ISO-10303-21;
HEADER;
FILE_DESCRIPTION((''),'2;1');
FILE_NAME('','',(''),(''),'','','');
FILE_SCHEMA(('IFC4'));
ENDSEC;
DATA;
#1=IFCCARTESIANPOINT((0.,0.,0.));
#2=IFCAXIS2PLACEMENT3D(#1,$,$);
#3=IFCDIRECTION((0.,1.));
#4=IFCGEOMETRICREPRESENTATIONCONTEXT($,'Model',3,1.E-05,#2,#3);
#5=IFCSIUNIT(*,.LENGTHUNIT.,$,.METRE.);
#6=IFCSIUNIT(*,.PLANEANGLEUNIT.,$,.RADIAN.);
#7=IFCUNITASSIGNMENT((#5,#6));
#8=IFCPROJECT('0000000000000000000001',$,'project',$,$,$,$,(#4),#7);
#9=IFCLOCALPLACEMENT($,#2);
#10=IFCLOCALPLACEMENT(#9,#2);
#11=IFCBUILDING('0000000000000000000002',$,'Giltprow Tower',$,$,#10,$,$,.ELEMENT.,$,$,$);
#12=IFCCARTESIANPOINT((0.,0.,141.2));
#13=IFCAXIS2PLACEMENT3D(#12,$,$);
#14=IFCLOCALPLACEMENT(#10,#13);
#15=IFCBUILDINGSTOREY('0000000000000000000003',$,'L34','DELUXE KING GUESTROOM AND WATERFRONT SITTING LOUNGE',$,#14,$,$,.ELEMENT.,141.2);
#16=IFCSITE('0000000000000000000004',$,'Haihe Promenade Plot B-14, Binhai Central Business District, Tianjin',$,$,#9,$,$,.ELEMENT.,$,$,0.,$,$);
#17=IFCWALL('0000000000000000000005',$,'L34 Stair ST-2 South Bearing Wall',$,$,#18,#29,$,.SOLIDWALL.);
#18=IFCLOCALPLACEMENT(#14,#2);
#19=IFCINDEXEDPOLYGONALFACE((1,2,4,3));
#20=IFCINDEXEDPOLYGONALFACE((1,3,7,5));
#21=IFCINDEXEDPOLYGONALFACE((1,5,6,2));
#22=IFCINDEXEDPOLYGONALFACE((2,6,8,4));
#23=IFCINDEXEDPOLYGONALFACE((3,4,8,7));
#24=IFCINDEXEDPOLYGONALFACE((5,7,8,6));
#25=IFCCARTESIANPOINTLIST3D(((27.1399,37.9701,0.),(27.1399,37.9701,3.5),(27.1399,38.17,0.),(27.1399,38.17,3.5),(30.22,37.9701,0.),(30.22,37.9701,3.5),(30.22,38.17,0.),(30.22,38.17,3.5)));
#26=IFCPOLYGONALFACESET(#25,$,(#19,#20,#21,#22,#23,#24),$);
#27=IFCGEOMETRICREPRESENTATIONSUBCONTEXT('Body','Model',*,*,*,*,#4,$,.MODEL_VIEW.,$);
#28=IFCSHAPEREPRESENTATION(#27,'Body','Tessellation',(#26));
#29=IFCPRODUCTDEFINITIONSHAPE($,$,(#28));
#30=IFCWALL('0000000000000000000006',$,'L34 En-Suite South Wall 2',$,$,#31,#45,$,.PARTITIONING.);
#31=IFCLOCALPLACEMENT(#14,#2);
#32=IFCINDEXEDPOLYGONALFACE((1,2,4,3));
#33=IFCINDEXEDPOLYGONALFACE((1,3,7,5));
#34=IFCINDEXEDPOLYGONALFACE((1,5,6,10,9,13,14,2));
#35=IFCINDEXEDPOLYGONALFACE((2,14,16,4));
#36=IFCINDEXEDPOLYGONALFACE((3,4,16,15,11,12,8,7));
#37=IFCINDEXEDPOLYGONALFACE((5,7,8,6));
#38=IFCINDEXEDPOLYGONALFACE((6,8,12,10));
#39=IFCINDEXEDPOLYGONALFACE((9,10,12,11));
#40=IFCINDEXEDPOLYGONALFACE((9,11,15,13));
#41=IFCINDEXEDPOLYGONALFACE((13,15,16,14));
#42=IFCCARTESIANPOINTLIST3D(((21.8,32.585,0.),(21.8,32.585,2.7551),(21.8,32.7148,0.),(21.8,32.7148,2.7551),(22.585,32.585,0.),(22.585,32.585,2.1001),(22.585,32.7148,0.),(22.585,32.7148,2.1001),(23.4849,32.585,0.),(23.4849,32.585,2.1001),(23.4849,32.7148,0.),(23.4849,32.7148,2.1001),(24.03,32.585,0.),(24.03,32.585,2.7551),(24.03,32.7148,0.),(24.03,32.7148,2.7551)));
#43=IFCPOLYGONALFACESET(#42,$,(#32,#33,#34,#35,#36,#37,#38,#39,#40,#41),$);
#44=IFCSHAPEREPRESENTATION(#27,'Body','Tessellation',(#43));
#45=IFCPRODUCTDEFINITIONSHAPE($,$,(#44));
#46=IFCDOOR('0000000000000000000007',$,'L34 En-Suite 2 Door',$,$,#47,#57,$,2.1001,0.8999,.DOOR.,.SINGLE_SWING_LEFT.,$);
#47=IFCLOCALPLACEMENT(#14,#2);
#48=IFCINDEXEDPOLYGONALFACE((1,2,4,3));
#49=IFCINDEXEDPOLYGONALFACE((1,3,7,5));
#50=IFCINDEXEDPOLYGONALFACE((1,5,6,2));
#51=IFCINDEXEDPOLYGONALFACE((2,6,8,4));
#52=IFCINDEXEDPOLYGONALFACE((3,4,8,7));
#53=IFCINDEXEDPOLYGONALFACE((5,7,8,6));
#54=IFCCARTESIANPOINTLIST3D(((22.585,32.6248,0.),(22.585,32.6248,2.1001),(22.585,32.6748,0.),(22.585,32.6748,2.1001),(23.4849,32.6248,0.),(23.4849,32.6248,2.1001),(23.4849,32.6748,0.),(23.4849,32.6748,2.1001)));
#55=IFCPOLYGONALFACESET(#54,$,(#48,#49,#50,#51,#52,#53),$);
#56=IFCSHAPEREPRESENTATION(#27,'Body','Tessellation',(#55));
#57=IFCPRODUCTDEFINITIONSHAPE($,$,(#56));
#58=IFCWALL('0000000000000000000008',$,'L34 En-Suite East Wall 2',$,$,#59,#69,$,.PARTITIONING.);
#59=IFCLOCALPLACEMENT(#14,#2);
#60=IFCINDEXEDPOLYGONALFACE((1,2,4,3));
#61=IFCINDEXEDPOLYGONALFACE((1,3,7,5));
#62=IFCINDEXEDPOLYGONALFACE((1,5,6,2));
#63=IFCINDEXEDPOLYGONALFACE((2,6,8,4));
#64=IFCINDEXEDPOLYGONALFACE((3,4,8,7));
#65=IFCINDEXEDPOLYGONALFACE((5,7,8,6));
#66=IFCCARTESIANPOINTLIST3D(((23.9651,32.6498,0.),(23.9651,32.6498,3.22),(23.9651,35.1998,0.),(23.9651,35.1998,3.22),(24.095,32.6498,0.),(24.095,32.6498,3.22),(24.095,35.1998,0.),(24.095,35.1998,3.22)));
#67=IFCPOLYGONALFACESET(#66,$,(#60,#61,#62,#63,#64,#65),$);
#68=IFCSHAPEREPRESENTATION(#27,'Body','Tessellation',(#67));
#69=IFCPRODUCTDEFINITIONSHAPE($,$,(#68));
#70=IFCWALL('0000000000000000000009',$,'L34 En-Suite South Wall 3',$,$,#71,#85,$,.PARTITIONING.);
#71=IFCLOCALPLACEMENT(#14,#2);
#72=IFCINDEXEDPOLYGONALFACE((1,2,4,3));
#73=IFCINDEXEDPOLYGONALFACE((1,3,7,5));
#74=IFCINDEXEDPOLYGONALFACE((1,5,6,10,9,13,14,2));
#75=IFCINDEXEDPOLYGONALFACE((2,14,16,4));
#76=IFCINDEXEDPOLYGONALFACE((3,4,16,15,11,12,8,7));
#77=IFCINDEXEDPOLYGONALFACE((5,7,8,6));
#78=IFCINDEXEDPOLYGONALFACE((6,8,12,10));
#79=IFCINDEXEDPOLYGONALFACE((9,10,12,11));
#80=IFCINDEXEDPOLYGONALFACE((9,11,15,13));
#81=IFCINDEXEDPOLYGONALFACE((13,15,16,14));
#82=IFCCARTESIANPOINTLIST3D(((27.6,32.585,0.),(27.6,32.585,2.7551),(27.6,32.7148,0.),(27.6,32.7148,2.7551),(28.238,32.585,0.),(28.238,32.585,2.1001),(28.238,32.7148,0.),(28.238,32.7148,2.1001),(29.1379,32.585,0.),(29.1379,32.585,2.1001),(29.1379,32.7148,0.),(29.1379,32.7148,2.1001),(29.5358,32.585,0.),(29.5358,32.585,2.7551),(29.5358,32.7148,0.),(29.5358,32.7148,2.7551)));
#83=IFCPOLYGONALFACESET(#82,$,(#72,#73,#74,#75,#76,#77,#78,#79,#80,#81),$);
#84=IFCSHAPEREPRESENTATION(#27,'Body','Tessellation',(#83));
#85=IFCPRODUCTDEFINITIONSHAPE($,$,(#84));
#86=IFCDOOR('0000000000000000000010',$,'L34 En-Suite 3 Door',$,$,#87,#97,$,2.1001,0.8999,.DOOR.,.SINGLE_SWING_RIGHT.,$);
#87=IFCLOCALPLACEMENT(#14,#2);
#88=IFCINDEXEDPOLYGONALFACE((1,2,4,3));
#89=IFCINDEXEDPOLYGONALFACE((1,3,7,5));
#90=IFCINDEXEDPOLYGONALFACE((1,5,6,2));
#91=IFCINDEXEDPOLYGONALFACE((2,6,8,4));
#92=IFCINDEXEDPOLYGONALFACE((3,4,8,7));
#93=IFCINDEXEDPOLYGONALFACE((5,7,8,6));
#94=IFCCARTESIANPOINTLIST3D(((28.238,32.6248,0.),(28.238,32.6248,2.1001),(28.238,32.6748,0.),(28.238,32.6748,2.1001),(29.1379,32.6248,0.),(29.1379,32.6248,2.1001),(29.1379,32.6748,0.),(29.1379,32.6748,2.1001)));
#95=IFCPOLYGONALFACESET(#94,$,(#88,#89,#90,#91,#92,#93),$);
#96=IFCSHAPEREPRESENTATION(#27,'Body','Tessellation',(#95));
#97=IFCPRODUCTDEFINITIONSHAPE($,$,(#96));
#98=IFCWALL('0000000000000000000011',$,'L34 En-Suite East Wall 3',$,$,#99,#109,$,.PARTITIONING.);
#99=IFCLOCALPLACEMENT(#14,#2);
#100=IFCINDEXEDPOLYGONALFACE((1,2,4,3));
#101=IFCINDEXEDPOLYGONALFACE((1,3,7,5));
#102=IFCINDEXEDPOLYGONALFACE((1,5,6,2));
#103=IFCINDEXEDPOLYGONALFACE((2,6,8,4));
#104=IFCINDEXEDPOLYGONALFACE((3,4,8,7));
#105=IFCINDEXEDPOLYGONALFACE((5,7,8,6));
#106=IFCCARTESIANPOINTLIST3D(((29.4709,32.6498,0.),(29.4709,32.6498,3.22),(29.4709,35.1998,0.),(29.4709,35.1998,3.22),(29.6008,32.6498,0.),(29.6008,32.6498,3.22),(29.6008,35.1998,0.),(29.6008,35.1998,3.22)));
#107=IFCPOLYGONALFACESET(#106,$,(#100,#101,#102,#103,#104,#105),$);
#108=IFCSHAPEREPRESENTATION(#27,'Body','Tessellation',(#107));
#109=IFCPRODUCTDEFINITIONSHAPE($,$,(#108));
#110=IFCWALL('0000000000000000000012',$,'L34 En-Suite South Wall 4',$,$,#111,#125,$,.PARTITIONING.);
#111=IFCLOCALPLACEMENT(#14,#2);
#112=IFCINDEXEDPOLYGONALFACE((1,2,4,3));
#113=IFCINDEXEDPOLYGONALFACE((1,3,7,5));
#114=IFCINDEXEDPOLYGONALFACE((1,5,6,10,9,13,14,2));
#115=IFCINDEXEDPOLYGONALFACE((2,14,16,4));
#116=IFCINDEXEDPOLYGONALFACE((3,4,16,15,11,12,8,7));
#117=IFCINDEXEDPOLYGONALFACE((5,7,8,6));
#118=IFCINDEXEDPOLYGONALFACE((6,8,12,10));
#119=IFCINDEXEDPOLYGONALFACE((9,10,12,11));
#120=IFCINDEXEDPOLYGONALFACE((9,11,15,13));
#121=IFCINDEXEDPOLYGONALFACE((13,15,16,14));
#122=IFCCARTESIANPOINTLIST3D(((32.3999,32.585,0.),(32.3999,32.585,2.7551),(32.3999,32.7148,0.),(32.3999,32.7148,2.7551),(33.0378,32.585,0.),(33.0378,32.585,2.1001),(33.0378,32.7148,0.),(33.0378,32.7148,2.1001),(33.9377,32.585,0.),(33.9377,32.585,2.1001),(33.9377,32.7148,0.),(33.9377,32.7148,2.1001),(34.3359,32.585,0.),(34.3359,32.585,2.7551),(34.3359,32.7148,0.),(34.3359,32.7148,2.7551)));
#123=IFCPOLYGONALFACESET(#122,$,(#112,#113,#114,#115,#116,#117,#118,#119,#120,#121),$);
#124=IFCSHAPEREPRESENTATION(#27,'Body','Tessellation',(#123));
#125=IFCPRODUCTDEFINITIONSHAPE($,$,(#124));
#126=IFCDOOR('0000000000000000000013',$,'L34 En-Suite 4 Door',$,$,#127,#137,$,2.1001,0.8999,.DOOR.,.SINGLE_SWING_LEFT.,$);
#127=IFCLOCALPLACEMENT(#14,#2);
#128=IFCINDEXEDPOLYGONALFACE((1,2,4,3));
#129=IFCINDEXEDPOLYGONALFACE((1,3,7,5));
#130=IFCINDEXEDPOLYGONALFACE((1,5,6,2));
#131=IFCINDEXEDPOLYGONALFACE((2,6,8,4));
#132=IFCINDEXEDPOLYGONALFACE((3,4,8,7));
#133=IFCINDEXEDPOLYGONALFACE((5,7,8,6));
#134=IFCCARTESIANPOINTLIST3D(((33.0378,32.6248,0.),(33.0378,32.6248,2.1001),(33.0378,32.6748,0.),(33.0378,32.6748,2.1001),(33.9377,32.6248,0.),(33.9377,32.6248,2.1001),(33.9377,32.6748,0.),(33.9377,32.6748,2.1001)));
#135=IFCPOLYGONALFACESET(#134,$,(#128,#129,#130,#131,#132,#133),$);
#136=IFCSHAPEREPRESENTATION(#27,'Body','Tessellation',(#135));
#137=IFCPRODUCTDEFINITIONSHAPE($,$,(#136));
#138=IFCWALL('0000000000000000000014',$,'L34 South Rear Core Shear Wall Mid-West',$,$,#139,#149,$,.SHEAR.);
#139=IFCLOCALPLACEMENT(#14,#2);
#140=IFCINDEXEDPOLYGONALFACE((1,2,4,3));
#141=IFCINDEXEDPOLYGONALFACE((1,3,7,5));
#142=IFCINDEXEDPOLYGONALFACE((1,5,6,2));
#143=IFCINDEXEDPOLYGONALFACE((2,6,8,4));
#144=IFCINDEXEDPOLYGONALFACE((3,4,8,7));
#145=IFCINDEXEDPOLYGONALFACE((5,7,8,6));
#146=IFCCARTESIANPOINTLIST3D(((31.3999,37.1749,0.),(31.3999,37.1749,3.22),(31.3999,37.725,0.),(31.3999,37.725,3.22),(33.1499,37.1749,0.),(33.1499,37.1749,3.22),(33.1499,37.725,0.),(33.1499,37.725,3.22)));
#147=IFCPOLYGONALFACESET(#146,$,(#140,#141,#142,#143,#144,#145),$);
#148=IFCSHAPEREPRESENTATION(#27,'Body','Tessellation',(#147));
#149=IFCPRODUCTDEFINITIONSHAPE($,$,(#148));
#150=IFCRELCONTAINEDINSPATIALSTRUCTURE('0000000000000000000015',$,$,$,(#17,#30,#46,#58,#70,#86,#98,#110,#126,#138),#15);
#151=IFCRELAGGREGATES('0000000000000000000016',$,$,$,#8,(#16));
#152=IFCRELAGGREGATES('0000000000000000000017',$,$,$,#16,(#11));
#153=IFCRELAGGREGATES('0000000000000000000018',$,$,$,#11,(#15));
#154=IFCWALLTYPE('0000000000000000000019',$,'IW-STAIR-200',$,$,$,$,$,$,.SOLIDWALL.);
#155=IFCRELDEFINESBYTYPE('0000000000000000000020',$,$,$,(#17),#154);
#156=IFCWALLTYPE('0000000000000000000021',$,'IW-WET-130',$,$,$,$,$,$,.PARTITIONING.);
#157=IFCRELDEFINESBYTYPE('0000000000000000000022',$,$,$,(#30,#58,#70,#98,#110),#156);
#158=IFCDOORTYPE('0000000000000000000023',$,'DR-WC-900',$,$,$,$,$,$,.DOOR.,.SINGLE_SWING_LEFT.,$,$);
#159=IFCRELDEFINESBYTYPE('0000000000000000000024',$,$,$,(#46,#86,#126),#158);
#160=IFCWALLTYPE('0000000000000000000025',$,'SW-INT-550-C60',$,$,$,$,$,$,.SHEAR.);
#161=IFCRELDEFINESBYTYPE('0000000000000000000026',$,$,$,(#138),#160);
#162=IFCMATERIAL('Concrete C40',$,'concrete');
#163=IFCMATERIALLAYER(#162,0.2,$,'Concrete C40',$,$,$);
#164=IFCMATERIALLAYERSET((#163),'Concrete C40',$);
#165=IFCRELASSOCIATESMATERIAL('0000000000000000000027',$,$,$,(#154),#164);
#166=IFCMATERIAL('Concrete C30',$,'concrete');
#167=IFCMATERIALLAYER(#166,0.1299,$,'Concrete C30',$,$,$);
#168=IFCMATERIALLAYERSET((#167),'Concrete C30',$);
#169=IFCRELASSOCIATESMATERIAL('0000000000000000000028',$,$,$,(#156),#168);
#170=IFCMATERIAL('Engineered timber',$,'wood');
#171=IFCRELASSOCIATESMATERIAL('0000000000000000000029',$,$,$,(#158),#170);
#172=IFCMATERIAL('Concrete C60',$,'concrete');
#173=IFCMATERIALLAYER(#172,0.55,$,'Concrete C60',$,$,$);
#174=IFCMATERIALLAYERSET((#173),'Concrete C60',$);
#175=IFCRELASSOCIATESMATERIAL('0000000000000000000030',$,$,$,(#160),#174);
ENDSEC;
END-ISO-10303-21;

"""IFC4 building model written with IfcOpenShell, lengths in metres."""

from ifc_helpers import new_model, si_unit, direction, frame, frame_2d, origin, place, context, subcontext, project, spatial, rectangle, extrude, source, transform, mapped, material, layer, layer_set, type_object, element, fill, save


model = new_model("IFC4")

# Units and contexts
model_context = context("Model", 3, precision=1e-05, world=origin(), true_north=direction((0.0, 1.0)))
body_context = subcontext(model_context, "Body", "Model", "MODEL_VIEW")
ifc_project = project(units=[si_unit("LENGTHUNIT", "METRE"), si_unit("PLANEANGLEUNIT", "RADIAN")], contexts=[model_context])

# Site, building, storey
site_placement = place(None, origin())
site = spatial("IfcSite", under=ifc_project, at=site_placement, Name="Haihe Promenade Plot B-14, Binhai Central Business District, Tianjin", CompositionType="ELEMENT", RefElevation=0.0)
building_placement = place(site_placement, origin())
building = spatial("IfcBuilding", under=site, at=building_placement, Name="Giltprow Tower", CompositionType="ELEMENT")
storey_placement = place(building_placement, frame((0.0, 0.0, 141.2)))
storey = spatial("IfcBuildingStorey", under=building, at=storey_placement, Name="L34", Description="DELUXE KING GUESTROOM AND WATERFRONT SITTING LOUNGE", CompositionType="ELEMENT", Elevation=141.2)

# Shared definitions
ifc_material_1 = material(Name="Concrete C60", Category="concrete")

# Shared definitions
ifc_material_2 = material(Name="Concrete C40", Category="concrete")
ifc_layer_1 = layer(ifc_material_2, 0.2, Name="Concrete C40")
ifc_layer_set_1 = layer_set([ifc_layer_1], Name="Concrete C40")
wall_type_1 = type_object("IfcWallType", Name="IW-STAIR-200", PredefinedType="SOLIDWALL", material=ifc_layer_set_1)

# Wall
wall_1_placement = place(storey_placement, frame((27.1399, 38.0701, 0.0), z_axis=(0.0, 0.0, 1.0), x_axis=(1.0, 0.0, 0.0)))
element("IfcWall", 1, at=wall_1_placement, inside=storey, type_object=wall_type_1, Name="L34 Stair ST-2 South Bearing Wall", PredefinedType="SOLIDWALL", context=body_context, shape_type="SweptSolid", body=[
    extrude(rectangle(XDim=3.0801, YDim=0.2, at=frame_2d((1.54, 0.0))), origin(), (0.0, 0.0, 1.0), 3.5),
])

# Wall, opening, door
ifc_material_3 = material(Name="Concrete C30", Category="concrete")
ifc_layer_2 = layer(ifc_material_3, 0.1299, Name="Concrete C30")
ifc_layer_set_2 = layer_set([ifc_layer_2], Name="Concrete C30")
wall_type_2 = type_object("IfcWallType", Name="IW-WET-130", PredefinedType="PARTITIONING", material=ifc_layer_set_2)
wall_2_placement = place(storey_placement, frame((21.8, 32.6499, 0.0), z_axis=(0.0, 0.0, 1.0), x_axis=(1.0, 0.0, 0.0)))
wall_2 = element("IfcWall", 2, at=wall_2_placement, inside=storey, type_object=wall_type_2, Name="L34 En-Suite South Wall 2", PredefinedType="PARTITIONING", context=body_context, shape_type="SweptSolid", body=[
    extrude(rectangle(XDim=2.23, YDim=0.1299, at=frame_2d((1.115, 0.0))), origin(), (0.0, 0.0, 1.0), 2.7551),
])
opening_1_placement = place(wall_2_placement, frame((0.7849, 0.0, 0.0)))
opening_1 = element("IfcOpeningElement", 3, at=opening_1_placement, cuts=wall_2, PredefinedType="OPENING", context=body_context, shape_type="SweptSolid", body=[
    extrude(rectangle(XDim=0.8999, YDim=2.1001, at=frame_2d((0.45, 1.05))), frame((0.0, 0.075, 0.0), z_axis=(0.0, -1.0, 0.0), x_axis=(1.0, 0.0, 0.0)), (0.0, 0.0, 1.0), 0.1499),
])
ifc_material_4 = material(Name="Engineered timber", Category="wood")
door_type_1 = type_object("IfcDoorType", Name="DR-WC-900", OperationType="SINGLE_SWING_LEFT", PredefinedType="DOOR", material=ifc_material_4)
shared_shape_1 = source(origin(), body_context, "Body", "SweptSolid", [
    extrude(rectangle(XDim=0.8999, YDim=2.1001, at=frame_2d((0.45, 1.05))), frame((0.0, 0.0249, 0.0), z_axis=(0.0, -1.0, 0.0), x_axis=(1.0, 0.0, 0.0)), (0.0, 0.0, 1.0), 0.05),
])
door_1_placement = place(opening_1_placement, origin())
door_1 = element("IfcDoor", 4, at=door_1_placement, inside=storey, type_object=door_type_1, Name="L34 En-Suite 2 Door", OperationType="SINGLE_SWING_LEFT", OverallHeight=2.1001, OverallWidth=0.8999, PredefinedType="DOOR", context=body_context, shape_type="MappedRepresentation", body=[
    mapped(shared_shape_1, transform((0.0, 0.0, 0.0), x_axis=(1.0, 0.0, 0.0), y_axis=(0.0, 1.0, 0.0), z_axis=(0.0, 0.0, 1.0), scale=1.0)),
])
fill(opening_1, door_1)

# Wall
wall_3_placement = place(storey_placement, frame((24.03, 32.6499, 0.0), z_axis=(0.0, 0.0, 1.0), x_axis=(0.0, 1.0, 0.0)))
element("IfcWall", 5, at=wall_3_placement, inside=storey, type_object=wall_type_2, Name="L34 En-Suite East Wall 2", PredefinedType="PARTITIONING", context=body_context, shape_type="SweptSolid", body=[
    extrude(rectangle(XDim=2.55, YDim=0.1299, at=frame_2d((1.2749, 0.0))), origin(), (0.0, 0.0, 1.0), 3.22),
])

# Wall, opening, door
wall_4_placement = place(storey_placement, frame((27.6001, 32.6499, 0.0), z_axis=(0.0, 0.0, 1.0), x_axis=(1.0, 0.0, 0.0)))
wall_4 = element("IfcWall", 6, at=wall_4_placement, inside=storey, type_object=wall_type_2, Name="L34 En-Suite South Wall 3", PredefinedType="PARTITIONING", context=body_context, shape_type="SweptSolid", body=[
    extrude(rectangle(XDim=1.9358, YDim=0.1299, at=frame_2d((0.9678, 0.0))), origin(), (0.0, 0.0, 1.0), 2.7551),
])
opening_2_placement = place(wall_4_placement, frame((0.6379, 0.0, 0.0)))
opening_2 = element("IfcOpeningElement", 7, at=opening_2_placement, cuts=wall_4, PredefinedType="OPENING", context=body_context, shape_type="SweptSolid", body=[
    extrude(rectangle(XDim=0.8999, YDim=2.1001, at=frame_2d((0.45, 1.05))), frame((0.0, 0.075, 0.0), z_axis=(0.0, -1.0, 0.0), x_axis=(1.0, 0.0, 0.0)), (0.0, 0.0, 1.0), 0.1499),
])
door_2_placement = place(opening_2_placement, origin())
door_2 = element("IfcDoor", 8, at=door_2_placement, inside=storey, type_object=door_type_1, Name="L34 En-Suite 3 Door", OperationType="SINGLE_SWING_RIGHT", OverallHeight=2.1001, OverallWidth=0.8999, PredefinedType="DOOR", context=body_context, shape_type="MappedRepresentation", body=[
    mapped(shared_shape_1, transform((0.0, 0.0, 0.0), x_axis=(1.0, 0.0, 0.0), y_axis=(0.0, 1.0, 0.0), z_axis=(0.0, 0.0, 1.0), scale=1.0)),
])
fill(opening_2, door_2)

# Wall
wall_5_placement = place(storey_placement, frame((29.5359, 32.6499, 0.0), z_axis=(0.0, 0.0, 1.0), x_axis=(0.0, 1.0, 0.0)))
element("IfcWall", 9, at=wall_5_placement, inside=storey, type_object=wall_type_2, Name="L34 En-Suite East Wall 3", PredefinedType="PARTITIONING", context=body_context, shape_type="SweptSolid", body=[
    extrude(rectangle(XDim=2.55, YDim=0.1299, at=frame_2d((1.2749, 0.0))), origin(), (0.0, 0.0, 1.0), 3.22),
])

# Wall, opening, door
wall_6_placement = place(storey_placement, frame((32.3999, 32.6499, 0.0), z_axis=(0.0, 0.0, 1.0), x_axis=(1.0, 0.0, 0.0)))
wall_6 = element("IfcWall", 10, at=wall_6_placement, inside=storey, type_object=wall_type_2, Name="L34 En-Suite South Wall 4", PredefinedType="PARTITIONING", context=body_context, shape_type="SweptSolid", body=[
    extrude(rectangle(XDim=1.936, YDim=0.1299, at=frame_2d((0.968, 0.0))), origin(), (0.0, 0.0, 1.0), 2.7551),
])
opening_3_placement = place(wall_6_placement, frame((0.6379, 0.0, 0.0)))
opening_3 = element("IfcOpeningElement", 11, at=opening_3_placement, cuts=wall_6, PredefinedType="OPENING", context=body_context, shape_type="SweptSolid", body=[
    extrude(rectangle(XDim=0.8999, YDim=2.1001, at=frame_2d((0.45, 1.05))), frame((0.0, 0.075, 0.0), z_axis=(0.0, -1.0, 0.0), x_axis=(1.0, 0.0, 0.0)), (0.0, 0.0, 1.0), 0.1499),
])
door_3_placement = place(opening_3_placement, origin())
door_3 = element("IfcDoor", 12, at=door_3_placement, inside=storey, type_object=door_type_1, Name="L34 En-Suite 4 Door", OperationType="SINGLE_SWING_LEFT", OverallHeight=2.1001, OverallWidth=0.8999, PredefinedType="DOOR", context=body_context, shape_type="MappedRepresentation", body=[
    mapped(shared_shape_1, transform((0.0, 0.0, 0.0), x_axis=(1.0, 0.0, 0.0), y_axis=(0.0, 1.0, 0.0), z_axis=(0.0, 0.0, 1.0), scale=1.0)),
])
fill(opening_3, door_3)

# Wall
ifc_layer_3 = layer(ifc_material_1, 0.55, Name="Concrete C60")
ifc_layer_set_3 = layer_set([ifc_layer_3], Name="Concrete C60")
wall_type_3 = type_object("IfcWallType", Name="SW-INT-550-C60", PredefinedType="SHEAR", material=ifc_layer_set_3)
wall_7_placement = place(storey_placement, frame((31.3999, 37.45, 0.0), z_axis=(0.0, 0.0, 1.0), x_axis=(1.0, 0.0, 0.0)))
element("IfcWall", 13, at=wall_7_placement, inside=storey, type_object=wall_type_3, Name="L34 South Rear Core Shear Wall Mid-West", PredefinedType="SHEAR", context=body_context, shape_type="SweptSolid", body=[
    extrude(rectangle(XDim=1.75, YDim=0.55, at=frame_2d((0.875, 0.0))), origin(), (0.0, 0.0, 1.0), 3.22),
])

save(model, "model.ifc")
